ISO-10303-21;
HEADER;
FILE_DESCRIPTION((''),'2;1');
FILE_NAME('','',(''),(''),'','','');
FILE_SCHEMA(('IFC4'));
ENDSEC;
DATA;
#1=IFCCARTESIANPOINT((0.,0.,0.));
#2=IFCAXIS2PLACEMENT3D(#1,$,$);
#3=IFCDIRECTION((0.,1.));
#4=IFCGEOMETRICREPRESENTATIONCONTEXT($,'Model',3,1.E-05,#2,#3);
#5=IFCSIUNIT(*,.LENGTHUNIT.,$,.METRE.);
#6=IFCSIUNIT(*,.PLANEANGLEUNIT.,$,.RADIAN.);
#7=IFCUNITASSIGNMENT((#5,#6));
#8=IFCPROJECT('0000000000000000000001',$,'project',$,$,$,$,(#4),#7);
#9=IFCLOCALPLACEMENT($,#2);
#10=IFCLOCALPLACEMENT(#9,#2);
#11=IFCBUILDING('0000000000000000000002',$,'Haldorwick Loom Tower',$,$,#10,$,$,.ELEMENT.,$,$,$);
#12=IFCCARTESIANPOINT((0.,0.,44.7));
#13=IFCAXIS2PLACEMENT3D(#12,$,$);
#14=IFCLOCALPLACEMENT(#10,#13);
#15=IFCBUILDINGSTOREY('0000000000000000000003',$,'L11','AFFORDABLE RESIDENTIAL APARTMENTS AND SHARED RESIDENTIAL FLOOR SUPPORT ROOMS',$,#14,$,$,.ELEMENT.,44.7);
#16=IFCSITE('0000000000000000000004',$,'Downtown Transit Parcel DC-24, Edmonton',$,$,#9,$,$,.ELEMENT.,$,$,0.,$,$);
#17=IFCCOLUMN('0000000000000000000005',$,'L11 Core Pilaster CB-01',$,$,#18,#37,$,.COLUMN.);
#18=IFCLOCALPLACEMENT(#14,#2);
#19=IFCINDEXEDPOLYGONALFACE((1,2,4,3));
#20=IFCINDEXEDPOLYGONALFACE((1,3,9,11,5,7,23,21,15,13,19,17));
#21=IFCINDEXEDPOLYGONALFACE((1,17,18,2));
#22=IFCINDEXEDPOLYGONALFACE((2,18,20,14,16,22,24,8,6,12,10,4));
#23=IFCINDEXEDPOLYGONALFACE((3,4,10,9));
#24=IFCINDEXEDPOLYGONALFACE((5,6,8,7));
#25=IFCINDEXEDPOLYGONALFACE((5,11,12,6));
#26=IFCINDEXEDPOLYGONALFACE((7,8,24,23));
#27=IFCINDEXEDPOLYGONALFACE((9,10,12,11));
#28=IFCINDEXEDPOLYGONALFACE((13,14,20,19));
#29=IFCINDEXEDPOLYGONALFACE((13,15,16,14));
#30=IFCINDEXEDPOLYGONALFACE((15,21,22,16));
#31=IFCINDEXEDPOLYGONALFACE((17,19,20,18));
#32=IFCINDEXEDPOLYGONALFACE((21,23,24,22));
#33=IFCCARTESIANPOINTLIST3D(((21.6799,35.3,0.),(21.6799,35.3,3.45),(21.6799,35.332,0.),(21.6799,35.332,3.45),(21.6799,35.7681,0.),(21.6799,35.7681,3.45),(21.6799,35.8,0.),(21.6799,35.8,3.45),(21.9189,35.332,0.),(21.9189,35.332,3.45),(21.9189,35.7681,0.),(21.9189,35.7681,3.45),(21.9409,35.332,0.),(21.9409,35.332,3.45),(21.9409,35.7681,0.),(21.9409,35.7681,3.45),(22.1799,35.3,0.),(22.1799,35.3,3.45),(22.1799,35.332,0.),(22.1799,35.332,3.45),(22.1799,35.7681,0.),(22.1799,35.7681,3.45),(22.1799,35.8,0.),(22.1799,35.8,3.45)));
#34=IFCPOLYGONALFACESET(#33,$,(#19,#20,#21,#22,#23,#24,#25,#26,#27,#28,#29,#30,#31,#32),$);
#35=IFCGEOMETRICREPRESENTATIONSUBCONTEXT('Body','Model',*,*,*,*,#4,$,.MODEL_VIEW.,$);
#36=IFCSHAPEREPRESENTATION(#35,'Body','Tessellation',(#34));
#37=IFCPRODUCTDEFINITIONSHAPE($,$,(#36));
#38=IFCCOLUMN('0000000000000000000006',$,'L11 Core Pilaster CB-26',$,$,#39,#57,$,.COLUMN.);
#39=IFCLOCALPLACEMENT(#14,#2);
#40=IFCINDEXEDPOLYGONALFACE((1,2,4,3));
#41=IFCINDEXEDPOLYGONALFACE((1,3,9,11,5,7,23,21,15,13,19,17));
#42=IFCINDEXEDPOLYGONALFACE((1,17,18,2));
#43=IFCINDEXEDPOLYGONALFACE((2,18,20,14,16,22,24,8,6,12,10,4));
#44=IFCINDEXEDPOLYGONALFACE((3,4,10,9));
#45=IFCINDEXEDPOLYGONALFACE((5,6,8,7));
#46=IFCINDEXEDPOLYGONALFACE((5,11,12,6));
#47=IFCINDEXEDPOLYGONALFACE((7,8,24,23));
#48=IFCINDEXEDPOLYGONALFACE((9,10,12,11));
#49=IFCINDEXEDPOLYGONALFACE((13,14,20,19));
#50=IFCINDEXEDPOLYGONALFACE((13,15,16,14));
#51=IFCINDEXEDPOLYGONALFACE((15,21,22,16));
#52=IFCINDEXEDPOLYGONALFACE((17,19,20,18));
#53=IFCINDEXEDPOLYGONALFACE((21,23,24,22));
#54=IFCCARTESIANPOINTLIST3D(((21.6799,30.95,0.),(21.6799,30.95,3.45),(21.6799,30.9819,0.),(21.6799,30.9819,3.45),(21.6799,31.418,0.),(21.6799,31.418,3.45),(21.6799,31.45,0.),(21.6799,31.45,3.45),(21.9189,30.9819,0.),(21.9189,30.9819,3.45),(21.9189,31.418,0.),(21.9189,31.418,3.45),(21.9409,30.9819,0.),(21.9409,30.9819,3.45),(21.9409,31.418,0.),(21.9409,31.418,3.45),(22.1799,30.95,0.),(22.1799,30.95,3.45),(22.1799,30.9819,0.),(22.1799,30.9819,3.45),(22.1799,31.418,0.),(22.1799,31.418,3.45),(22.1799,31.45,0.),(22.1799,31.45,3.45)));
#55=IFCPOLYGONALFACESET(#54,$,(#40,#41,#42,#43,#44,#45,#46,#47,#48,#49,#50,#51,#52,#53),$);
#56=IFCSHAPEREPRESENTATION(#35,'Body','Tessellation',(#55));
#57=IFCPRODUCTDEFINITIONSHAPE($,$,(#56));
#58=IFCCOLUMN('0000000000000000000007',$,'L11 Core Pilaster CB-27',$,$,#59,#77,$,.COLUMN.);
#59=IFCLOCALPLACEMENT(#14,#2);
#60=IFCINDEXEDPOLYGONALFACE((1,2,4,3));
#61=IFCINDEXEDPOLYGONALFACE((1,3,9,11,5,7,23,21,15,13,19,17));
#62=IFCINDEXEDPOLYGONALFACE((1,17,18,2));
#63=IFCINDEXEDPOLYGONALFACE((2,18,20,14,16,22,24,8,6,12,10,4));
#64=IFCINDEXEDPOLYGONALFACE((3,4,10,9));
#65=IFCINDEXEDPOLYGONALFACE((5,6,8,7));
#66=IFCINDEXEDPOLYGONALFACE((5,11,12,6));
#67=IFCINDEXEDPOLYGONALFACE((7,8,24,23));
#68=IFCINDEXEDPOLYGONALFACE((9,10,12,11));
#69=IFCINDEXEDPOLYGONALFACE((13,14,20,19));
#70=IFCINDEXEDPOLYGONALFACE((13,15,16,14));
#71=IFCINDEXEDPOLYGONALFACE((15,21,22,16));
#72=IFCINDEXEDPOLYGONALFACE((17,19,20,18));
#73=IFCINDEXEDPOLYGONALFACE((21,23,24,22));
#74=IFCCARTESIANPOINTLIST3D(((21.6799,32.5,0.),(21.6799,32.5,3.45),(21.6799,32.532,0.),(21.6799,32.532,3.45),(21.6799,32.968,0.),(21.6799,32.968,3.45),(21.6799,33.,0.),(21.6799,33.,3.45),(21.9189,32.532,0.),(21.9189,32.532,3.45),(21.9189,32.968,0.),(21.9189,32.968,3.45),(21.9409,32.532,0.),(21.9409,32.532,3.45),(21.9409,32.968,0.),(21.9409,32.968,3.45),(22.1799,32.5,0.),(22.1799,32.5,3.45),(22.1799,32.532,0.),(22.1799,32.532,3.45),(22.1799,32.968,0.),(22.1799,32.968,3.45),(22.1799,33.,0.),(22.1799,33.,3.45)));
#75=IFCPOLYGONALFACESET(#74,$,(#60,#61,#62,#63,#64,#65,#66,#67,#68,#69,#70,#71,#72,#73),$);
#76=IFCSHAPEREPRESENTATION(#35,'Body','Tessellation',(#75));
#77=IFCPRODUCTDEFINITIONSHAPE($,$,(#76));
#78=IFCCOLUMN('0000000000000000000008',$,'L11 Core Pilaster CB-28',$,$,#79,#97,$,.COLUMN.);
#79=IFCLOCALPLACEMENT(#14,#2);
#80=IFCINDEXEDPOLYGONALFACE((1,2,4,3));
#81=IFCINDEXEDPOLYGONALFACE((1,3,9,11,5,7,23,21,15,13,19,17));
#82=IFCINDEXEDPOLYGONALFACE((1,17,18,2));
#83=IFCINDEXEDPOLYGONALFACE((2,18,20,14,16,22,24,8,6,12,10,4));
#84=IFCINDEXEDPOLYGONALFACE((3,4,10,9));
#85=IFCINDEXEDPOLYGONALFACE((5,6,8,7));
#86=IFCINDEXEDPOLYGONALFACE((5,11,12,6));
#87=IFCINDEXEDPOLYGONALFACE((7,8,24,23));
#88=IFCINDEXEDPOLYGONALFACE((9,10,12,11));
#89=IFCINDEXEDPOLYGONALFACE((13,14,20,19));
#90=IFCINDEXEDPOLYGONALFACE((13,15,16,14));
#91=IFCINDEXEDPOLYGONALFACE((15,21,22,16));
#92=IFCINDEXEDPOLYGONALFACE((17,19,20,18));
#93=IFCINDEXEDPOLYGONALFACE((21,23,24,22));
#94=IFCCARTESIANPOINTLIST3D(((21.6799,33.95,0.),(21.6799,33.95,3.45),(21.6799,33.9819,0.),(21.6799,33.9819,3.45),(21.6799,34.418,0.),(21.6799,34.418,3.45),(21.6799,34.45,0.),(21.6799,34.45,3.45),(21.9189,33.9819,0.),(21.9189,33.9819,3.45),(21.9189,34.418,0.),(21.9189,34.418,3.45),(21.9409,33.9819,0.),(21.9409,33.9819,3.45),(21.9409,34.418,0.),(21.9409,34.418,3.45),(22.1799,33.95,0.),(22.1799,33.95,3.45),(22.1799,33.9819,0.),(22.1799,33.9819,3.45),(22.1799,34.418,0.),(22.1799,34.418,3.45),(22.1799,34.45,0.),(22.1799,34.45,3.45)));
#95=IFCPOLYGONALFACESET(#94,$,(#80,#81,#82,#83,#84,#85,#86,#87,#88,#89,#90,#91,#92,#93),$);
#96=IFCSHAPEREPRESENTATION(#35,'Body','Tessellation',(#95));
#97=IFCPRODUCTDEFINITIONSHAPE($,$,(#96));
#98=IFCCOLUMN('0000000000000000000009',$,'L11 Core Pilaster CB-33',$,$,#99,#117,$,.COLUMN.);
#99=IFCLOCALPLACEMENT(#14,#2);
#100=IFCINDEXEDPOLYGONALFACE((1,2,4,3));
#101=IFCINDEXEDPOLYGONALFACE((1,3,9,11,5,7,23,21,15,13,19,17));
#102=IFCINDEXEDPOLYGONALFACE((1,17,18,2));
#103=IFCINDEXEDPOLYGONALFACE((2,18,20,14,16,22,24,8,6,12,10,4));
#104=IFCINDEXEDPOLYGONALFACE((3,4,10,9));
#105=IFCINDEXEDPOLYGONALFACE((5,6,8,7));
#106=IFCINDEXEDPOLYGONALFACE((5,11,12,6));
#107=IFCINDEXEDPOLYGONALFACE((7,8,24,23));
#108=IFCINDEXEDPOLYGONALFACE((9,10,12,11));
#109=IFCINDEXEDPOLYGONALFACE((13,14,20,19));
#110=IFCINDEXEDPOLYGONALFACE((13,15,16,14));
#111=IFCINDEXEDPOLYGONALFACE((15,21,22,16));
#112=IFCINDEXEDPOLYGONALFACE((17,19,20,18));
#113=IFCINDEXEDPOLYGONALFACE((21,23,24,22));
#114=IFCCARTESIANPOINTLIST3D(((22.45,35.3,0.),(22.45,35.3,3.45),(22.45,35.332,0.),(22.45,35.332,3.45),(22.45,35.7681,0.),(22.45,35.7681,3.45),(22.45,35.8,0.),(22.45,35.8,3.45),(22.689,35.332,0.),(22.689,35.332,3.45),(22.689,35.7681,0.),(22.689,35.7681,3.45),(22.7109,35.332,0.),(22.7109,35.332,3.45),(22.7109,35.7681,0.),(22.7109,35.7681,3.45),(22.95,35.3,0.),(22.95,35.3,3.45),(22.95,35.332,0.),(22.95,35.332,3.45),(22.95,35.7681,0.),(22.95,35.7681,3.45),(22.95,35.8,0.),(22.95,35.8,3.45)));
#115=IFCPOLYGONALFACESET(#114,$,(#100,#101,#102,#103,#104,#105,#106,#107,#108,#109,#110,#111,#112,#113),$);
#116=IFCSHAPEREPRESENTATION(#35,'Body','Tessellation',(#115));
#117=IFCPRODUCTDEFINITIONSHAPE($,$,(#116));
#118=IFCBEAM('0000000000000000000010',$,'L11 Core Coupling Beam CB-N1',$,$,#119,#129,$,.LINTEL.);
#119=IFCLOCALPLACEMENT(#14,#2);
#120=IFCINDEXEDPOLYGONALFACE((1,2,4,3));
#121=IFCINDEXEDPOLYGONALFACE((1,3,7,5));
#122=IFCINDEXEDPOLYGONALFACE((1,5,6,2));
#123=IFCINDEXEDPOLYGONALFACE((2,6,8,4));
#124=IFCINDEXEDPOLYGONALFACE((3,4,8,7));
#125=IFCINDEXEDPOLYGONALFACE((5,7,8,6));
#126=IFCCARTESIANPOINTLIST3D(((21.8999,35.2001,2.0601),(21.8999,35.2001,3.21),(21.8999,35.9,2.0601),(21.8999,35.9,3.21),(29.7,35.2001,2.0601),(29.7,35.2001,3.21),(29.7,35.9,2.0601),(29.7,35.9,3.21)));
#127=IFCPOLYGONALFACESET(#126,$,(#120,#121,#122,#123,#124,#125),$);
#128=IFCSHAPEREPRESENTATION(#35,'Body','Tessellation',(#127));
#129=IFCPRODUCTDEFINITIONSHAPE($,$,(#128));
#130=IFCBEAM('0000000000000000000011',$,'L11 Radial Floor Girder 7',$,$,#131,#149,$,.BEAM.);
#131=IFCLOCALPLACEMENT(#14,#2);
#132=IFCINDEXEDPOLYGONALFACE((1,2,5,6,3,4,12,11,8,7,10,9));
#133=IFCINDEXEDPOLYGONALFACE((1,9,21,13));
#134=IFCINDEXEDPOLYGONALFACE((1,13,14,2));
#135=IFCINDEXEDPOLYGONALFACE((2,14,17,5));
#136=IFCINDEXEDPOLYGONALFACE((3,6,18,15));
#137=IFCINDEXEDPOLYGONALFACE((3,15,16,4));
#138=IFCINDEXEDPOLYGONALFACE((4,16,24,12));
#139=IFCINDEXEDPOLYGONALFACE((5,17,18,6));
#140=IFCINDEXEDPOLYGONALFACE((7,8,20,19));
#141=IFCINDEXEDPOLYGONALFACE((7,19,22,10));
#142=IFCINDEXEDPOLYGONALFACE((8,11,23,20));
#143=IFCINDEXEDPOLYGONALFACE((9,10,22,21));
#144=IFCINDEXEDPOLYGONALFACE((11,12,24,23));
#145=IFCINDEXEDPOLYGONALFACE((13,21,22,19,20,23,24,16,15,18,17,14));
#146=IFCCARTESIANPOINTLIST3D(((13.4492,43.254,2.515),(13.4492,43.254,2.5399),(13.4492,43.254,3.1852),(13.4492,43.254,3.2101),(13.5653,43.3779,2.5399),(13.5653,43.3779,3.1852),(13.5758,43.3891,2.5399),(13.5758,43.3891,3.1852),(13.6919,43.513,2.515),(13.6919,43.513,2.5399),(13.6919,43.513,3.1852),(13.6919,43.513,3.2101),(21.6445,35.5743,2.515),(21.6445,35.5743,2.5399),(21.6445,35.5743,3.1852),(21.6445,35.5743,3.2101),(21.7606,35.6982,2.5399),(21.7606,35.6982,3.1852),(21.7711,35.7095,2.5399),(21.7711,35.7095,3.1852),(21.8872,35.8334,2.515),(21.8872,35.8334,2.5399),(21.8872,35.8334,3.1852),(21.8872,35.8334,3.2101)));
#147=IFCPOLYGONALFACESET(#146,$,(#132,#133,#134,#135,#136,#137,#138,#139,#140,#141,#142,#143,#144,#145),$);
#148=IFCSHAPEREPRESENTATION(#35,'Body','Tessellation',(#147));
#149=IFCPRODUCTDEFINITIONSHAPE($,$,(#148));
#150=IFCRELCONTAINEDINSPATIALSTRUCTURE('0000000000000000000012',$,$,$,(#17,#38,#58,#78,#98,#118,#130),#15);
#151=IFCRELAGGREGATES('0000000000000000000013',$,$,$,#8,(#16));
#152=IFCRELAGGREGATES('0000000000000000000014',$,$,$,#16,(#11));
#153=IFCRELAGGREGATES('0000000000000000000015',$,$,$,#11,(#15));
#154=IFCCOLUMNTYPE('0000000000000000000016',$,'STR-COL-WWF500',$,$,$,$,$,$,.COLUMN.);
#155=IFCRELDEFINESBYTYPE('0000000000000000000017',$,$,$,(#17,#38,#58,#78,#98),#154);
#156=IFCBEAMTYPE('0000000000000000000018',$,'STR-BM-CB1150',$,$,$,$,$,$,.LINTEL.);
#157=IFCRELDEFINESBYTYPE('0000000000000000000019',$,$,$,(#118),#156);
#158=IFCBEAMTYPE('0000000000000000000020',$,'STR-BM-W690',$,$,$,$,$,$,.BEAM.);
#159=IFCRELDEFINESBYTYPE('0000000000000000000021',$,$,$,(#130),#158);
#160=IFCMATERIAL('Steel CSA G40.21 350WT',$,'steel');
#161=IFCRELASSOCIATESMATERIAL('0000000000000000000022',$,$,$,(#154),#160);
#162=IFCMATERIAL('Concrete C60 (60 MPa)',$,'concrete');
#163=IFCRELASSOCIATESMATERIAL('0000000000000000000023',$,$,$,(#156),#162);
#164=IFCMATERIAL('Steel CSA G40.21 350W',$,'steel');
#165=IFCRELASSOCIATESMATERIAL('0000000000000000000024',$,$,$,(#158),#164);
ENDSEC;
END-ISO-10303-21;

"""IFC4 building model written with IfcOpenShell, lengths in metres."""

from ifc_helpers import new_model, si_unit, direction, frame, origin, origin_2d, place, context, subcontext, project, spatial, rectangle, i_section, extrude, material, material_profile, profile_set, type_object, element, save


model = new_model("IFC4")

# Units and contexts
model_context = context("Model", 3, precision=1e-05, world=origin(), true_north=direction((0.0, 1.0)))
body_context = subcontext(model_context, "Body", "Model", "MODEL_VIEW")
ifc_project = project(units=[si_unit("LENGTHUNIT", "METRE"), si_unit("PLANEANGLEUNIT", "RADIAN")], contexts=[model_context])

# Site, building, storey
site_placement = place(None, origin())
site = spatial("IfcSite", under=ifc_project, at=site_placement, Name="Downtown Transit Parcel DC-24, Edmonton", CompositionType="ELEMENT", RefElevation=0.0)
building_placement = place(site_placement, origin())
building = spatial("IfcBuilding", under=site, at=building_placement, Name="Haldorwick Loom Tower", CompositionType="ELEMENT")
storey_placement = place(building_placement, frame((0.0, 0.0, 44.7)))
storey = spatial("IfcBuildingStorey", under=building, at=storey_placement, Name="L11", Description="AFFORDABLE RESIDENTIAL APARTMENTS AND SHARED RESIDENTIAL FLOOR SUPPORT ROOMS", CompositionType="ELEMENT", Elevation=44.7)

# Columns
ifc_material_1 = material(Name="Steel CSA G40.21 350WT", Category="steel")
ifc_material_profile_1 = material_profile(ifc_material_1, i_section(OverallWidth=0.5, OverallDepth=0.5, WebThickness=0.022, FlangeThickness=0.032, at=origin_2d()), Name="WWF500X500", Category="steel")
ifc_profile_set_1 = profile_set([ifc_material_profile_1], Name="Steel CSA G40.21 350WT")
column_type = type_object("IfcColumnType", Name="STR-COL-WWF500", PredefinedType="COLUMN", material=ifc_profile_set_1)
for number, where, z_axis, x_axis, name in (
    (1, (21.9299, 35.55, 0.0), (0.0, 0.0, 1.0), (1.0, 0.0, 0.0), "L11 Core Pilaster CB-01"),
    (2, (21.9299, 31.2, 0.0), (0.0, 0.0, 1.0), (1.0, 0.0, 0.0), "L11 Core Pilaster CB-26"),
    (3, (21.9299, 32.75, 0.0), (0.0, 0.0, 1.0), (1.0, 0.0, 0.0), "L11 Core Pilaster CB-27"),
    (4, (21.9299, 34.2, 0.0), (0.0, 0.0, 1.0), (1.0, 0.0, 0.0), "L11 Core Pilaster CB-28"),
    (5, (22.7, 35.55, 0.0), (0.0, 0.0, 1.0), (1.0, 0.0, 0.0), "L11 Core Pilaster CB-33"),
):
    element("IfcColumn", number, at=place(storey_placement, frame(where, z_axis=z_axis, x_axis=x_axis)), inside=storey, type_object=column_type, Name=name, PredefinedType="COLUMN", context=body_context, shape_type="SweptSolid", body=[
        extrude(i_section(OverallWidth=0.5, OverallDepth=0.5, WebThickness=0.022, FlangeThickness=0.032, at=origin_2d()), origin(), (0.0, 0.0, 1.0), 3.45),
    ])

# Beams
ifc_material_2 = material(Name="Concrete C60 (60 MPa)", Category="concrete")
ifc_material_profile_2 = material_profile(ifc_material_2, rectangle(XDim=0.7, YDim=1.1499, at=origin_2d()), Name="RC700X1150", Category="concrete")
ifc_profile_set_2 = profile_set([ifc_material_profile_2], Name="Concrete C60 (60 MPa)")
beam_type_1 = type_object("IfcBeamType", Name="STR-BM-CB1150", PredefinedType="LINTEL", material=ifc_profile_set_2)
beam_1_placement = place(storey_placement, frame((21.8999, 35.55, 2.635), z_axis=(1.0, 0.0, 0.0), x_axis=(0.0, 1.0, 0.0)))
element("IfcBeam", 6, at=beam_1_placement, inside=storey, type_object=beam_type_1, Name="L11 Core Coupling Beam CB-N1", PredefinedType="LINTEL", context=body_context, shape_type="SweptSolid", body=[
    extrude(rectangle(XDim=0.7, YDim=1.1499, at=origin_2d()), origin(), (0.0, 0.0, 1.0), 7.8),
])
ifc_material_3 = material(Name="Steel CSA G40.21 350W", Category="steel")
ifc_material_profile_3 = material_profile(ifc_material_3, i_section(OverallWidth=0.355, OverallDepth=0.6951, WebThickness=0.0154, FlangeThickness=0.0249, at=origin_2d()), Name="W690X217", Category="steel")
ifc_profile_set_3 = profile_set([ifc_material_profile_3], Name="Steel CSA G40.21 350W")
beam_type_2 = type_object("IfcBeamType", Name="STR-BM-W690", PredefinedType="BEAM", material=ifc_profile_set_3)
beam_2_placement = place(storey_placement, frame((21.7659, 35.7039, 2.8625), z_axis=(-0.729689, 0.683779, 0.0), x_axis=(-0.683779, -0.729689, 0.0)))
element("IfcBeam", 7, at=beam_2_placement, inside=storey, type_object=beam_type_2, Name="L11 Radial Floor Girder 7", PredefinedType="BEAM", context=body_context, shape_type="SweptSolid", body=[
    extrude(i_section(OverallWidth=0.355, OverallDepth=0.6951, WebThickness=0.0154, FlangeThickness=0.0249, at=origin_2d()), origin(), (0.0, 0.0, 1.0), 11.2312),
])

save(model, "model.ifc")
